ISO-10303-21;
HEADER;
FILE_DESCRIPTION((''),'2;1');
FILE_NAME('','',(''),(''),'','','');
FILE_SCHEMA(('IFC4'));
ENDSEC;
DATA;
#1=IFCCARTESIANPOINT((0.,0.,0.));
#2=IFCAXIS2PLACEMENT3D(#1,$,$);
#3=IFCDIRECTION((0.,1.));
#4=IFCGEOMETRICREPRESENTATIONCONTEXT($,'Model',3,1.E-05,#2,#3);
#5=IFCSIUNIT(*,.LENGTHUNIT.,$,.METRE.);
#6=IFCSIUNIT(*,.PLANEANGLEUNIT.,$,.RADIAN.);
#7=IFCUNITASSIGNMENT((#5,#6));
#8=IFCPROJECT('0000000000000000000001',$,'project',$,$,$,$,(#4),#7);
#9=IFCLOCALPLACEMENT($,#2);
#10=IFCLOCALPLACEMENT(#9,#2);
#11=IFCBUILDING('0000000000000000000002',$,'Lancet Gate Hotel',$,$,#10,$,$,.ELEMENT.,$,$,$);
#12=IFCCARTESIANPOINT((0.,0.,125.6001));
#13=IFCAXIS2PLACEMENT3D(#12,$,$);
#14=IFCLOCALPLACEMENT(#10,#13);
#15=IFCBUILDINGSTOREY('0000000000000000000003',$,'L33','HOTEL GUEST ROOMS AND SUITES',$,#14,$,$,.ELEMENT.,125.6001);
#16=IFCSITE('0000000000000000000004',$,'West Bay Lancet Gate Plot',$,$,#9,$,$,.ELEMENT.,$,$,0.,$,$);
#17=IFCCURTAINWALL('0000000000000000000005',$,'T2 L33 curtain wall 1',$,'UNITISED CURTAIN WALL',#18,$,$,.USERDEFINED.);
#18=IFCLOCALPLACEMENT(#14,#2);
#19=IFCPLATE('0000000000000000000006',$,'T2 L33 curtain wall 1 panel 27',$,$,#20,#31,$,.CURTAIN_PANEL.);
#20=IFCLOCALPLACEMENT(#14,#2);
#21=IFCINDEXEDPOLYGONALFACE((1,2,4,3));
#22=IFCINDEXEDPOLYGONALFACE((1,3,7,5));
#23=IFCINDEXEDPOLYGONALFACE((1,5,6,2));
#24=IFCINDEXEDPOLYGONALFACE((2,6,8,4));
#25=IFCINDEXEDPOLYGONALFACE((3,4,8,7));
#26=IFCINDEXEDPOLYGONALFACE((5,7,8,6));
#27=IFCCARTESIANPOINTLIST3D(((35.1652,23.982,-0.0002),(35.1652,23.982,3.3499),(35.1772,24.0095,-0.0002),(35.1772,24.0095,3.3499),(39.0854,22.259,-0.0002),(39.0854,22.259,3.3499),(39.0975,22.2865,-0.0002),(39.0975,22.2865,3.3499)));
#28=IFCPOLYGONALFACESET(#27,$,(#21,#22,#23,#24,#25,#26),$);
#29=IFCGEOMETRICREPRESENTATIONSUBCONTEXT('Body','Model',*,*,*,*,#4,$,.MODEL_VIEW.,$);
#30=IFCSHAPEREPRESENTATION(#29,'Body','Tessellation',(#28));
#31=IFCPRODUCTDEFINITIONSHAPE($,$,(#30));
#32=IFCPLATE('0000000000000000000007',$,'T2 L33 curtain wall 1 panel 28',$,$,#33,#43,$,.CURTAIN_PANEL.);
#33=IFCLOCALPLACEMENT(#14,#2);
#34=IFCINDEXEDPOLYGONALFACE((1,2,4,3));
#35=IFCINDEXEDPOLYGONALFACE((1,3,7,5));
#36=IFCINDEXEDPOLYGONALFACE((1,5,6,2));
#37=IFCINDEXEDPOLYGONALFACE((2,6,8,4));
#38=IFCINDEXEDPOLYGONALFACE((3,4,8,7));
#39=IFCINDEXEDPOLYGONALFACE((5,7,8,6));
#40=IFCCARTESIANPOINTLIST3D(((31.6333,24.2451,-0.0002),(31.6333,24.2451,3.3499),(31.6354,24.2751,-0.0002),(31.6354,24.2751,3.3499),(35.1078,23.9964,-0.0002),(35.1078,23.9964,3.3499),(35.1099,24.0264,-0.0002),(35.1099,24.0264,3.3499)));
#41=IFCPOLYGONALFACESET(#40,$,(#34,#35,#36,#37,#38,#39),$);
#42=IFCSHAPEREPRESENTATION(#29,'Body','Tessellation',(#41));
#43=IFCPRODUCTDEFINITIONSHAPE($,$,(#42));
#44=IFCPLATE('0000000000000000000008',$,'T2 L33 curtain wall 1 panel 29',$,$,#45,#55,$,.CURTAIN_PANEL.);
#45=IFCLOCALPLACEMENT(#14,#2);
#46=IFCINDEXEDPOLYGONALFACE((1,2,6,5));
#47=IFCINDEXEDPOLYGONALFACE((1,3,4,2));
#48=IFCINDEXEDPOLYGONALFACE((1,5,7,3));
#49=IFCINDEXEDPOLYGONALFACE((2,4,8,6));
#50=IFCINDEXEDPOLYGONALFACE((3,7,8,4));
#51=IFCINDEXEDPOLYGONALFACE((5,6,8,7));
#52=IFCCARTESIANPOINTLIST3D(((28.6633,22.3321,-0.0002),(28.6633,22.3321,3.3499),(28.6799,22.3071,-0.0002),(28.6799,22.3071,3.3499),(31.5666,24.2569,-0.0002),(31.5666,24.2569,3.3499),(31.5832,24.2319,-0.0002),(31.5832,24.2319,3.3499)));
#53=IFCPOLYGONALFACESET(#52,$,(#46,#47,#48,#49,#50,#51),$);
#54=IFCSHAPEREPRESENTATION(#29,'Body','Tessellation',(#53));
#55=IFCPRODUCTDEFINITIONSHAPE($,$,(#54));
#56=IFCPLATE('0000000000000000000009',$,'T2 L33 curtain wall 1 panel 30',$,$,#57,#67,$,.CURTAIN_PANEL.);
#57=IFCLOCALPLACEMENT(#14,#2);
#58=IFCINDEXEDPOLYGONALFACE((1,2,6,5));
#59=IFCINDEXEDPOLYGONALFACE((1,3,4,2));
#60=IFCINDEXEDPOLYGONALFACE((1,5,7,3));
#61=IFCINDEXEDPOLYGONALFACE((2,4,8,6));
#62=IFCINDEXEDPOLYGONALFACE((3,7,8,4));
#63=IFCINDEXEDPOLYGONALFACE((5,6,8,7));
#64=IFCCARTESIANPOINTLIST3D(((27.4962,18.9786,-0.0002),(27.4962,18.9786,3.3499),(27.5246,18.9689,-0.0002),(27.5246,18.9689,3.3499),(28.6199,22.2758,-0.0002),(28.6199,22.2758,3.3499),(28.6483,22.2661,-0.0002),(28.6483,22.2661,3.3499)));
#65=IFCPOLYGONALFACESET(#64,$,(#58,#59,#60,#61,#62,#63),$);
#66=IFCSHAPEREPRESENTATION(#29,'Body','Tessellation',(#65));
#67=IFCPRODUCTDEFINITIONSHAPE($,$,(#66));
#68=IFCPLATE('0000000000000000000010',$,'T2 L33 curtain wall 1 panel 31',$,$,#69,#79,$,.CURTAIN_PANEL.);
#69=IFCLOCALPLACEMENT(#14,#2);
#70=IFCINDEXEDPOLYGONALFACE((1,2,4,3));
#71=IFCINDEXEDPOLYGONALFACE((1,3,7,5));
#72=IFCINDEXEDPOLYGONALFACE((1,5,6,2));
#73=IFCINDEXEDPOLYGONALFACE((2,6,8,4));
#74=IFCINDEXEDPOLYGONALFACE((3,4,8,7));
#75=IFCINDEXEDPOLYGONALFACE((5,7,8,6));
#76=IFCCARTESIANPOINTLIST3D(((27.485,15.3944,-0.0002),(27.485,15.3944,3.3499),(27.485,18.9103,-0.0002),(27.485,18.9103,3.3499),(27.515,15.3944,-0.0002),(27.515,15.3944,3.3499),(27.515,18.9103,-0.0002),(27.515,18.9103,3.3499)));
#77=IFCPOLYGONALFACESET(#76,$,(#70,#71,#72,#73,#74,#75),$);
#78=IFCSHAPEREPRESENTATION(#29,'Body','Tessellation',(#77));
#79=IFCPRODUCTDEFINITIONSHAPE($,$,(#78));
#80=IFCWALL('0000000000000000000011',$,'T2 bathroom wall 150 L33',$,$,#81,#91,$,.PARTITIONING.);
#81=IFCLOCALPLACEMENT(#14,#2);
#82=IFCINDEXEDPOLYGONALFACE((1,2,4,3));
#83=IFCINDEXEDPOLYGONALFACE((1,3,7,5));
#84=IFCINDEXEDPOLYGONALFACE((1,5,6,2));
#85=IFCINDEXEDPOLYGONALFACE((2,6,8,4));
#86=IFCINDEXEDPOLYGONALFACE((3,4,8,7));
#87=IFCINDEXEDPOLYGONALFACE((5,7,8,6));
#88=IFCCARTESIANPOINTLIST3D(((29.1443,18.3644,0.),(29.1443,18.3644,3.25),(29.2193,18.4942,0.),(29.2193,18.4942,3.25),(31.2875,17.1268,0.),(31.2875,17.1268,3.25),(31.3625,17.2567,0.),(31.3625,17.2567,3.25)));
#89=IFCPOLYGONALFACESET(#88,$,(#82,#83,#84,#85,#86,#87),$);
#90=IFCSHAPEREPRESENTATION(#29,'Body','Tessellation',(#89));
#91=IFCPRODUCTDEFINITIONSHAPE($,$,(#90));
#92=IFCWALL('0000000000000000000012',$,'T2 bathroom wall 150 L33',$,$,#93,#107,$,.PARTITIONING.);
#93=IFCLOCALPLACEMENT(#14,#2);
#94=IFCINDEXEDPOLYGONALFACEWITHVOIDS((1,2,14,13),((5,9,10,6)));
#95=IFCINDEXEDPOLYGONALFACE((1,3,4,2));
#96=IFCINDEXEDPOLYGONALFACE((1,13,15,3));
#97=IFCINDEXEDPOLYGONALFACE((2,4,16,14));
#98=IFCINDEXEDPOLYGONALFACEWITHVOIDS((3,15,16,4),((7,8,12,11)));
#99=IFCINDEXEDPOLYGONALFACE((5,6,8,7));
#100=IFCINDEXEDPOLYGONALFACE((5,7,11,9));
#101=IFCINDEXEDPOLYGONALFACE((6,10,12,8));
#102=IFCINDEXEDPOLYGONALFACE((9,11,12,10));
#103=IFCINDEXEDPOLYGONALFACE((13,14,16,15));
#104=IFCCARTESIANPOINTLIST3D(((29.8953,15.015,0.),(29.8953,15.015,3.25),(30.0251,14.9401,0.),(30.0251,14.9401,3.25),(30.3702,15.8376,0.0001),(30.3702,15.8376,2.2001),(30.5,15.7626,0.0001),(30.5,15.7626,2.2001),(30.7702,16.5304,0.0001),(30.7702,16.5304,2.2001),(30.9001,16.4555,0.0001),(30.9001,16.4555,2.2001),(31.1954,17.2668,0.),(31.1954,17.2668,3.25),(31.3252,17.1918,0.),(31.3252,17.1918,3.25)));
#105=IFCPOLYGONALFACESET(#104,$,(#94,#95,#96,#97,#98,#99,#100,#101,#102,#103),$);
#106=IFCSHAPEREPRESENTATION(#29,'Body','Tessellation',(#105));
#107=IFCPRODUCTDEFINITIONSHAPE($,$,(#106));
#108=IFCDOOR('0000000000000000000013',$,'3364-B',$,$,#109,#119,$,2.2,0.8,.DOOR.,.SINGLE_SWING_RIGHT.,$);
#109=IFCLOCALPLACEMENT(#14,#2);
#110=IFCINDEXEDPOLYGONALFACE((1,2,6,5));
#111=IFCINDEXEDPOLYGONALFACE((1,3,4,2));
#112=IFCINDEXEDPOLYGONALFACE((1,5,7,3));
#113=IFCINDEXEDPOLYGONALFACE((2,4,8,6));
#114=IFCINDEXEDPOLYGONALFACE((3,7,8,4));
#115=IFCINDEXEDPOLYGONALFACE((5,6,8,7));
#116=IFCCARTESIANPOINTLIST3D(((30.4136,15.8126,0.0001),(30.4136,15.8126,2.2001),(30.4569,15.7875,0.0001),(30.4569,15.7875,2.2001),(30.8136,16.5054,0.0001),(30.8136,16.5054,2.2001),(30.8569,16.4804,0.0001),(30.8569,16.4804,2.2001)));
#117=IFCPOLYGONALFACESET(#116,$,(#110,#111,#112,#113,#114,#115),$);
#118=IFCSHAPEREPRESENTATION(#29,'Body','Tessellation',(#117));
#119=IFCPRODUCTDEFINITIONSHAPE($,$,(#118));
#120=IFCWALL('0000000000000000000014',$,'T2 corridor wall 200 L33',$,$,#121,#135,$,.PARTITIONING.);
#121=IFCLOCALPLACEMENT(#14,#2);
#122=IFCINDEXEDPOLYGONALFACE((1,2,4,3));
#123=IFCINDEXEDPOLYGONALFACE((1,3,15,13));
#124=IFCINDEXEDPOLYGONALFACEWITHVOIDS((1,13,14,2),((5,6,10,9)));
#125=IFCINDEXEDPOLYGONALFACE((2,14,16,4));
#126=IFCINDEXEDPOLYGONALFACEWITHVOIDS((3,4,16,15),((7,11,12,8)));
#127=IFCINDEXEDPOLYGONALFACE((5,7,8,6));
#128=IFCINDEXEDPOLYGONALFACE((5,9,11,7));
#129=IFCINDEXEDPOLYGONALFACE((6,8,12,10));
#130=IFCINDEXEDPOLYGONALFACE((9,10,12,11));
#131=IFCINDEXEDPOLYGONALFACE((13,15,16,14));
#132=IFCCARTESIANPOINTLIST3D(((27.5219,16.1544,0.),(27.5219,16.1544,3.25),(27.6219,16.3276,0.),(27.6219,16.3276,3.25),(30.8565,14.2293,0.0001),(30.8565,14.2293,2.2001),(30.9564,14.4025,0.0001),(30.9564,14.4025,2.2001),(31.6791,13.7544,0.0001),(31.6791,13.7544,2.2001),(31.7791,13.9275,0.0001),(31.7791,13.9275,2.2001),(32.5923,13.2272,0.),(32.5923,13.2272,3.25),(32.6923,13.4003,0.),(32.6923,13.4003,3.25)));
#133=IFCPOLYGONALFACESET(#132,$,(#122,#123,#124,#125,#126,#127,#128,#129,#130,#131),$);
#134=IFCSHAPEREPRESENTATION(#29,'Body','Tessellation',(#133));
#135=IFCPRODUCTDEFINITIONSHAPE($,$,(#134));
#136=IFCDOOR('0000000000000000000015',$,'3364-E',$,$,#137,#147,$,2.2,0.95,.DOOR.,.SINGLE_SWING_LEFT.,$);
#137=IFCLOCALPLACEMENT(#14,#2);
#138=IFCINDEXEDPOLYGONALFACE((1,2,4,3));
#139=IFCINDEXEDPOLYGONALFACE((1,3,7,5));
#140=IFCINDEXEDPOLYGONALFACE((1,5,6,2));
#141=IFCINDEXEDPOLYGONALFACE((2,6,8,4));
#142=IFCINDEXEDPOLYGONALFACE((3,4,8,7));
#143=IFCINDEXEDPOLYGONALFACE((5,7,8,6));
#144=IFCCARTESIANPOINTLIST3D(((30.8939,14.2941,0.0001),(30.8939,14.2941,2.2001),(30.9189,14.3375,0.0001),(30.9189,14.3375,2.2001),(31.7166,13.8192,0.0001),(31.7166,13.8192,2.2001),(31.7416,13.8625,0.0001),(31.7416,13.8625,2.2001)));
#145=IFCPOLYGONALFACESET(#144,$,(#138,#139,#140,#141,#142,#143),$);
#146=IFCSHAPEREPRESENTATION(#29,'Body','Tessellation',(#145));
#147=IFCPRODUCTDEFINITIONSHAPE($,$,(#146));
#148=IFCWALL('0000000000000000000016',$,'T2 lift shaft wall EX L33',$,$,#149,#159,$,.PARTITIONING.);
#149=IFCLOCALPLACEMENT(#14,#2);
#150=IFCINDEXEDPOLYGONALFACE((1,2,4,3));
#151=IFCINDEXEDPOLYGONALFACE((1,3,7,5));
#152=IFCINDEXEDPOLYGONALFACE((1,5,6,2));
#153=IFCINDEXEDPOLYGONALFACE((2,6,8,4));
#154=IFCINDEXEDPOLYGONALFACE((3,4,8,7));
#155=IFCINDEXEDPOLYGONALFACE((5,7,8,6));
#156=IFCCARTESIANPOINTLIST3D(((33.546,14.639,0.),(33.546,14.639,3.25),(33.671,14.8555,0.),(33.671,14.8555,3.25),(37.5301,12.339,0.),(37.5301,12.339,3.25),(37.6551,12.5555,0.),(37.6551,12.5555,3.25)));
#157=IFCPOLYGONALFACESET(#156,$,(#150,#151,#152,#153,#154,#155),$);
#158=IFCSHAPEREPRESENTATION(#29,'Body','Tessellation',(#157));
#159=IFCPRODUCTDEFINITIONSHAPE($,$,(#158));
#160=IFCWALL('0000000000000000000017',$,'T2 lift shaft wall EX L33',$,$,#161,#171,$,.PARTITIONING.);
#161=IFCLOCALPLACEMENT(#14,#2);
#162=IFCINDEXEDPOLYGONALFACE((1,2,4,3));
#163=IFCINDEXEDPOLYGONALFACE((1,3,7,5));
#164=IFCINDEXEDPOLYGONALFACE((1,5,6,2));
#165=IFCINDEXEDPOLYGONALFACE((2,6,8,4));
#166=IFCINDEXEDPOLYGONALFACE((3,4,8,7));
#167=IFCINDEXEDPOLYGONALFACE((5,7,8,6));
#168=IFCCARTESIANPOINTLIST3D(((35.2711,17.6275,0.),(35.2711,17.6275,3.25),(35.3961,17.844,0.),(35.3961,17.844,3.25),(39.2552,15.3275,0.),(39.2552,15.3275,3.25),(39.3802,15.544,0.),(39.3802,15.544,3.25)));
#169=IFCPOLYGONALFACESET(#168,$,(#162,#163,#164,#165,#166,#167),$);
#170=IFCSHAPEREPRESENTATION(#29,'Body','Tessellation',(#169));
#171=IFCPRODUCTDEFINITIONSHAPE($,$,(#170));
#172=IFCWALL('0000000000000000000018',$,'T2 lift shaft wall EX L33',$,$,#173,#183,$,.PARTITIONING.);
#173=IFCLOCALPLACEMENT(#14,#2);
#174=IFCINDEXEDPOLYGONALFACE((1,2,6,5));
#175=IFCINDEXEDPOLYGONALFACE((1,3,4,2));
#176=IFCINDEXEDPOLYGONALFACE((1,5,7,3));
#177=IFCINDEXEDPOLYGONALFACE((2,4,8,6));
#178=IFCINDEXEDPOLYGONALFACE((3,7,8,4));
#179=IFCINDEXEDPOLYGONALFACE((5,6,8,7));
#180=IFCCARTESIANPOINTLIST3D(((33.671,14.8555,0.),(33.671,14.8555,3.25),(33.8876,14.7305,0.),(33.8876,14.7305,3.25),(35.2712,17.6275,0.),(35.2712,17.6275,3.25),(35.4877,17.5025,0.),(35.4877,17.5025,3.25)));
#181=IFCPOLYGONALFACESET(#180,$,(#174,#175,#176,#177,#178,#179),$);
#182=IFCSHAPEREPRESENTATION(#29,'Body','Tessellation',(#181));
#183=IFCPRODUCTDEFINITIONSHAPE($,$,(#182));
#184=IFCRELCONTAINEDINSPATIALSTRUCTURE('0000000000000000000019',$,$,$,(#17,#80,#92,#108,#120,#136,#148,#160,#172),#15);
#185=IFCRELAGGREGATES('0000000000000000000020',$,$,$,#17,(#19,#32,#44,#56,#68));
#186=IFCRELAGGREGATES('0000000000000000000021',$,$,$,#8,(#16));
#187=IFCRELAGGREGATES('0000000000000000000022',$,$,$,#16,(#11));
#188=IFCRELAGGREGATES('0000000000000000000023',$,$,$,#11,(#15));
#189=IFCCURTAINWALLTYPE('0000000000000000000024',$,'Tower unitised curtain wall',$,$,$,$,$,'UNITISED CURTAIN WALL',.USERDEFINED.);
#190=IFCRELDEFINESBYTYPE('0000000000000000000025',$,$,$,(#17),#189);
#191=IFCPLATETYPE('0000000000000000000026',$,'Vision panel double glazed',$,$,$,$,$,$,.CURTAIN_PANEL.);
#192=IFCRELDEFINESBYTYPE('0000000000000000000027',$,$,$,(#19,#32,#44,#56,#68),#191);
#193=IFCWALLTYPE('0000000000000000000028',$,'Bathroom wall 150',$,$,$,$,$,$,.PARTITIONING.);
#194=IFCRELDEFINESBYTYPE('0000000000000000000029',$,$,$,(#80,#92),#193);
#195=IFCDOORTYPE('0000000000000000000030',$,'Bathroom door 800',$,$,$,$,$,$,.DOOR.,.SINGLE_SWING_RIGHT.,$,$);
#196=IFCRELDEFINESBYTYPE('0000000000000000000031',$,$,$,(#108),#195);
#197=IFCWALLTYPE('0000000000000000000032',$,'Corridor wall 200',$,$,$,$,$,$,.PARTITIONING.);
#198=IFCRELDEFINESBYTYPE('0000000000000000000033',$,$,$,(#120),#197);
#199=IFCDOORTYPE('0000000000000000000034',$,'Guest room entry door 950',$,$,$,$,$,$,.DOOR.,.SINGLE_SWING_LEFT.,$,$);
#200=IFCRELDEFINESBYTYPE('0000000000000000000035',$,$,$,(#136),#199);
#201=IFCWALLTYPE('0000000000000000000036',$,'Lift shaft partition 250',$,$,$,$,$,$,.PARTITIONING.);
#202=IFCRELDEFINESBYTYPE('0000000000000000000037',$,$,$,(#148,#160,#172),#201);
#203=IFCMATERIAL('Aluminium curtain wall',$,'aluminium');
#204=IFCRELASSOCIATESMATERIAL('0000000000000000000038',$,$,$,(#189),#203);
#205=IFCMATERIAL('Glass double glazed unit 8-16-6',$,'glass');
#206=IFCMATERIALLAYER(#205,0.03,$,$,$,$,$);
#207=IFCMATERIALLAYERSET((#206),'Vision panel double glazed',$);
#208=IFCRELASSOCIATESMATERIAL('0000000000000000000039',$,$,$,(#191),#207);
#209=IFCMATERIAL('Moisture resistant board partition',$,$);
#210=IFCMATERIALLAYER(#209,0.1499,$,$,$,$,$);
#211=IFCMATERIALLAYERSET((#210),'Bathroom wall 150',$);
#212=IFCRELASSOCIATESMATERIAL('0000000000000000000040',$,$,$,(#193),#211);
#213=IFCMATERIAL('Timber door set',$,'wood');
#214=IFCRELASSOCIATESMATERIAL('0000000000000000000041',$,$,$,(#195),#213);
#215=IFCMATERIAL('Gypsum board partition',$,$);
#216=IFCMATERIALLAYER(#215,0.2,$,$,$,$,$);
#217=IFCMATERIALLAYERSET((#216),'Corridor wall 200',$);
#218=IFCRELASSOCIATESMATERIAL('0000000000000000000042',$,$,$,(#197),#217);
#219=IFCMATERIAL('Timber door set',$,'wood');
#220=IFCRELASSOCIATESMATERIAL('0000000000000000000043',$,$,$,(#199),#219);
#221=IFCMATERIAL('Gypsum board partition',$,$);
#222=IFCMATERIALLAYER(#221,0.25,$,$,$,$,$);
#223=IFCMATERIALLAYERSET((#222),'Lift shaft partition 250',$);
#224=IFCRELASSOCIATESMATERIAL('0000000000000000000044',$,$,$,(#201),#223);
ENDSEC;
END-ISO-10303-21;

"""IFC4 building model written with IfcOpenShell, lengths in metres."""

from ifc_helpers import new_model, si_unit, direction, frame, frame_2d, origin, origin_2d, place, context, subcontext, project, spatial, rectangle, extrude, material, layer, layer_set, type_object, element, fill, aggregate, save


model = new_model("IFC4")

# Units and contexts
model_context = context("Model", 3, precision=1e-05, world=origin(), true_north=direction((0.0, 1.0)))
body_context = subcontext(model_context, "Body", "Model", "MODEL_VIEW")
ifc_project = project(units=[si_unit("LENGTHUNIT", "METRE"), si_unit("PLANEANGLEUNIT", "RADIAN")], contexts=[model_context])

# Site, building, storey
site_placement = place(None, origin())
site = spatial("IfcSite", under=ifc_project, at=site_placement, Name="West Bay Lancet Gate Plot", CompositionType="ELEMENT", RefElevation=0.0)
building_placement = place(site_placement, origin())
building = spatial("IfcBuilding", under=site, at=building_placement, Name="Lancet Gate Hotel", CompositionType="ELEMENT")
storey_placement = place(building_placement, frame((0.0, 0.0, 125.6001)))
storey = spatial("IfcBuildingStorey", under=building, at=storey_placement, Name="L33", Description="HOTEL GUEST ROOMS AND SUITES", CompositionType="ELEMENT", Elevation=125.6001)

# Curtain wall
ifc_material_1 = material(Name="Aluminium curtain wall", Category="aluminium")
curtain_wall_type = type_object("IfcCurtainWallType", Name="Tower unitised curtain wall", ElementType="UNITISED CURTAIN WALL", PredefinedType="USERDEFINED", material=ifc_material_1)
curtain_wall_placement = place(storey_placement, origin())
curtain_wall = element("IfcCurtainWall", 1, at=curtain_wall_placement, inside=storey, type_object=curtain_wall_type, Name="T2 L33 curtain wall 1", ObjectType="UNITISED CURTAIN WALL", PredefinedType="USERDEFINED")

# Plates
ifc_material_2 = material(Name="Glass double glazed unit 8-16-6", Category="glass")
ifc_layer_1 = layer(ifc_material_2, 0.03)
ifc_layer_set_1 = layer_set([ifc_layer_1], Name="Vision panel double glazed")
plate_type = type_object("IfcPlateType", Name="Vision panel double glazed", PredefinedType="CURTAIN_PANEL", material=ifc_layer_set_1)
plate_1_placement = place(storey_placement, frame((37.1313, 23.1343, -0.0002), z_axis=(0.0, 0.0, 1.0), x_axis=(-0.915479, 0.402367, 0.0)))
plate_1 = element("IfcPlate", 2, at=plate_1_placement, type_object=plate_type, Name="T2 L33 curtain wall 1 panel 27", PredefinedType="CURTAIN_PANEL", context=body_context, shape_type="SweptSolid", body=[
    extrude(rectangle(XDim=4.2822, YDim=0.03, at=origin_2d()), origin(), (0.0, 0.0, 1.0), 3.3501),
])
plate_2_placement = place(storey_placement, frame((33.3716, 24.1357, -0.0002), z_axis=(0.0, 0.0, 1.0), x_axis=(-0.997448, 0.07139, 0.0)))
plate_2 = element("IfcPlate", 3, at=plate_2_placement, type_object=plate_type, Name="T2 L33 curtain wall 1 panel 28", PredefinedType="CURTAIN_PANEL", context=body_context, shape_type="SweptSolid", body=[
    extrude(rectangle(XDim=3.4834, YDim=0.03, at=origin_2d()), origin(), (0.0, 0.0, 1.0), 3.3501),
])
plate_3_placement = place(storey_placement, frame((30.1233, 23.282, -0.0002), z_axis=(0.0, 0.0, 1.0), x_axis=(-0.833465, -0.552573, 0.0)))
plate_3 = element("IfcPlate", 4, at=plate_3_placement, type_object=plate_type, Name="T2 L33 curtain wall 1 panel 29", PredefinedType="CURTAIN_PANEL", context=body_context, shape_type="SweptSolid", body=[
    extrude(rectangle(XDim=3.4834, YDim=0.03, at=origin_2d()), origin(), (0.0, 0.0, 1.0), 3.3501),
])
plate_4_placement = place(storey_placement, frame((28.0723, 20.6223, -0.0002), z_axis=(0.0, 0.0, 1.0), x_axis=(-0.322576, -0.946544, 0.0)))
plate_4 = element("IfcPlate", 5, at=plate_4_placement, type_object=plate_type, Name="T2 L33 curtain wall 1 panel 30", PredefinedType="CURTAIN_PANEL", context=body_context, shape_type="SweptSolid", body=[
    extrude(rectangle(XDim=3.4834, YDim=0.03, at=origin_2d()), origin(), (0.0, 0.0, 1.0), 3.3501),
])
plate_5_placement = place(storey_placement, frame((27.5, 17.1523, -0.0002), z_axis=(0.0, 0.0, 1.0), x_axis=(0.0, -1.0, 0.0)))
plate_5 = element("IfcPlate", 6, at=plate_5_placement, type_object=plate_type, Name="T2 L33 curtain wall 1 panel 31", PredefinedType="CURTAIN_PANEL", context=body_context, shape_type="SweptSolid", body=[
    extrude(rectangle(XDim=3.5159, YDim=0.03, at=origin_2d()), origin(), (0.0, 0.0, 1.0), 3.3501),
])
aggregate(curtain_wall, [plate_1, plate_2, plate_3, plate_4, plate_5])

# Wall
ifc_material_3 = material(Name="Moisture resistant board partition")
ifc_layer_2 = layer(ifc_material_3, 0.1499)
ifc_layer_set_2 = layer_set([ifc_layer_2], Name="Bathroom wall 150")
wall_type_1 = type_object("IfcWallType", Name="Bathroom wall 150", PredefinedType="PARTITIONING", material=ifc_layer_set_2)
wall_1_placement = place(storey_placement, frame((29.1819, 18.4292, 0.0), z_axis=(0.0, 0.0, 1.0), x_axis=(0.866007, -0.500033, 0.0)))
element("IfcWall", 7, at=wall_1_placement, inside=storey, type_object=wall_type_1, Name="T2 bathroom wall 150 L33", PredefinedType="PARTITIONING", context=body_context, shape_type="SweptSolid", body=[
    extrude(rectangle(XDim=2.4749, YDim=0.1499, at=frame_2d((1.2373, 0.0))), origin(), (0.0, 0.0, 1.0), 3.25),
])

# Walls, openings, doors
wall_2_placement = place(storey_placement, frame((29.9602, 14.9775, 0.0), z_axis=(0.0, 0.0, 1.0), x_axis=(0.500007, 0.866021, 0.0)))
wall_2 = element("IfcWall", 8, at=wall_2_placement, inside=storey, type_object=wall_type_1, Name="T2 bathroom wall 150 L33", PredefinedType="PARTITIONING", context=body_context, shape_type="SweptSolid", body=[
    extrude(rectangle(XDim=2.6001, YDim=0.1499, at=frame_2d((1.3, 0.0))), origin(), (0.0, 0.0, 1.0), 3.25),
])
opening_1_placement = place(wall_2_placement, frame((0.95, 0.0, 0.0)))
opening_1 = element("IfcOpeningElement", 9, at=opening_1_placement, cuts=wall_2, PredefinedType="OPENING", context=body_context, shape_type="SweptSolid", body=[
    extrude(rectangle(XDim=0.8, YDim=2.2, at=frame_2d((0.3999, 1.1001))), frame((0.0, 0.085, 0.0), z_axis=(0.0, -1.0, 0.0), x_axis=(1.0, 0.0, 0.0)), (0.0, 0.0, 1.0), 0.1699),
])
ifc_material_4 = material(Name="Timber door set", Category="wood")
door_type_1 = type_object("IfcDoorType", Name="Bathroom door 800", OperationType="SINGLE_SWING_RIGHT", PredefinedType="DOOR", material=ifc_material_4)
door_1_placement = place(opening_1_placement, origin())
door_1 = element("IfcDoor", 10, at=door_1_placement, inside=storey, type_object=door_type_1, Name="3364-B", OperationType="SINGLE_SWING_RIGHT", OverallHeight=2.2, OverallWidth=0.8, PredefinedType="DOOR", context=body_context, shape_type="SweptSolid", body=[
    extrude(rectangle(XDim=0.8, YDim=2.2, at=frame_2d((0.3999, 1.1001))), frame((0.0, 0.0249, 0.0), z_axis=(0.0, -1.0, 0.0), x_axis=(1.0, 0.0, 0.0)), (0.0, 0.0, 1.0), 0.05),
])
fill(opening_1, door_1)
ifc_material_5 = material(Name="Gypsum board partition")
ifc_layer_3 = layer(ifc_material_5, 0.2)
ifc_layer_set_3 = layer_set([ifc_layer_3], Name="Corridor wall 200")
wall_type_2 = type_object("IfcWallType", Name="Corridor wall 200", PredefinedType="PARTITIONING", material=ifc_layer_set_3)
wall_3_placement = place(storey_placement, frame((27.572, 16.241, 0.0), z_axis=(0.0, 0.0, 1.0), x_axis=(0.866033, -0.499987, 0.0)))
wall_3 = element("IfcWall", 11, at=wall_3_placement, inside=storey, type_object=wall_type_2, Name="T2 corridor wall 200 L33", PredefinedType="PARTITIONING", context=body_context, shape_type="SweptSolid", body=[
    extrude(rectangle(XDim=5.8547, YDim=0.2, at=frame_2d((2.9272, 0.0))), origin(), (0.0, 0.0, 1.0), 3.25),
])
opening_2_placement = place(wall_3_placement, frame((3.8501, 0.0, 0.0)))
opening_2 = element("IfcOpeningElement", 12, at=opening_2_placement, cuts=wall_3, PredefinedType="OPENING", context=body_context, shape_type="SweptSolid", body=[
    extrude(rectangle(XDim=0.95, YDim=2.2, at=frame_2d((0.4751, 1.1001))), frame((0.0, 0.1099, 0.0), z_axis=(0.0, -1.0, 0.0), x_axis=(1.0, 0.0, 0.0)), (0.0, 0.0, 1.0), 0.22),
])
ifc_material_6 = material(Name="Timber door set", Category="wood")
door_type_2 = type_object("IfcDoorType", Name="Guest room entry door 950", OperationType="SINGLE_SWING_LEFT", PredefinedType="DOOR", material=ifc_material_6)
door_2_placement = place(opening_2_placement, origin())
door_2 = element("IfcDoor", 13, at=door_2_placement, inside=storey, type_object=door_type_2, Name="3364-E", OperationType="SINGLE_SWING_LEFT", OverallHeight=2.2, OverallWidth=0.95, PredefinedType="DOOR", context=body_context, shape_type="SweptSolid", body=[
    extrude(rectangle(XDim=0.95, YDim=2.2, at=frame_2d((0.4751, 1.1001))), frame((0.0, 0.0249, 0.0), z_axis=(0.0, -1.0, 0.0), x_axis=(1.0, 0.0, 0.0)), (0.0, 0.0, 1.0), 0.05),
])
fill(opening_2, door_2)

# Walls
ifc_material_7 = material(Name="Gypsum board partition")
ifc_layer_4 = layer(ifc_material_7, 0.25)
ifc_layer_set_4 = layer_set([ifc_layer_4], Name="Lift shaft partition 250")
wall_type_3 = type_object("IfcWallType", Name="Lift shaft partition 250", PredefinedType="PARTITIONING", material=ifc_layer_set_4)
for number, where, z_axis, x_axis, name in (
    (14, (33.6084, 14.7473, 0.0), (0.0, 0.0, 1.0), (0.866043, -0.499969, 0.0), "T2 lift shaft wall EX L33"),
    (15, (35.3335, 17.7358, 0.0), (0.0, 0.0, 1.0), (0.866043, -0.499969, 0.0), "T2 lift shaft wall EX L33"),
):
    element("IfcWall", number, at=place(storey_placement, frame(where, z_axis=z_axis, x_axis=x_axis)), inside=storey, type_object=wall_type_3, Name=name, PredefinedType="PARTITIONING", context=body_context, shape_type="SweptSolid", body=[
        extrude(rectangle(XDim=4.6003, YDim=0.25, at=frame_2d((2.3003, 0.0))), origin(), (0.0, 0.0, 1.0), 3.25),
    ])
wall_4_placement = place(storey_placement, frame((33.7793, 14.793, 0.0), z_axis=(0.0, 0.0, 1.0), x_axis=(0.499929, 0.866066, 0.0)))
element("IfcWall", 16, at=wall_4_placement, inside=storey, type_object=wall_type_3, Name="T2 lift shaft wall EX L33", PredefinedType="PARTITIONING", context=body_context, shape_type="SweptSolid", body=[
    extrude(rectangle(XDim=3.2007, YDim=0.25, at=frame_2d((1.6003, 0.0))), origin(), (0.0, 0.0, 1.0), 3.25),
])

save(model, "model.ifc")
